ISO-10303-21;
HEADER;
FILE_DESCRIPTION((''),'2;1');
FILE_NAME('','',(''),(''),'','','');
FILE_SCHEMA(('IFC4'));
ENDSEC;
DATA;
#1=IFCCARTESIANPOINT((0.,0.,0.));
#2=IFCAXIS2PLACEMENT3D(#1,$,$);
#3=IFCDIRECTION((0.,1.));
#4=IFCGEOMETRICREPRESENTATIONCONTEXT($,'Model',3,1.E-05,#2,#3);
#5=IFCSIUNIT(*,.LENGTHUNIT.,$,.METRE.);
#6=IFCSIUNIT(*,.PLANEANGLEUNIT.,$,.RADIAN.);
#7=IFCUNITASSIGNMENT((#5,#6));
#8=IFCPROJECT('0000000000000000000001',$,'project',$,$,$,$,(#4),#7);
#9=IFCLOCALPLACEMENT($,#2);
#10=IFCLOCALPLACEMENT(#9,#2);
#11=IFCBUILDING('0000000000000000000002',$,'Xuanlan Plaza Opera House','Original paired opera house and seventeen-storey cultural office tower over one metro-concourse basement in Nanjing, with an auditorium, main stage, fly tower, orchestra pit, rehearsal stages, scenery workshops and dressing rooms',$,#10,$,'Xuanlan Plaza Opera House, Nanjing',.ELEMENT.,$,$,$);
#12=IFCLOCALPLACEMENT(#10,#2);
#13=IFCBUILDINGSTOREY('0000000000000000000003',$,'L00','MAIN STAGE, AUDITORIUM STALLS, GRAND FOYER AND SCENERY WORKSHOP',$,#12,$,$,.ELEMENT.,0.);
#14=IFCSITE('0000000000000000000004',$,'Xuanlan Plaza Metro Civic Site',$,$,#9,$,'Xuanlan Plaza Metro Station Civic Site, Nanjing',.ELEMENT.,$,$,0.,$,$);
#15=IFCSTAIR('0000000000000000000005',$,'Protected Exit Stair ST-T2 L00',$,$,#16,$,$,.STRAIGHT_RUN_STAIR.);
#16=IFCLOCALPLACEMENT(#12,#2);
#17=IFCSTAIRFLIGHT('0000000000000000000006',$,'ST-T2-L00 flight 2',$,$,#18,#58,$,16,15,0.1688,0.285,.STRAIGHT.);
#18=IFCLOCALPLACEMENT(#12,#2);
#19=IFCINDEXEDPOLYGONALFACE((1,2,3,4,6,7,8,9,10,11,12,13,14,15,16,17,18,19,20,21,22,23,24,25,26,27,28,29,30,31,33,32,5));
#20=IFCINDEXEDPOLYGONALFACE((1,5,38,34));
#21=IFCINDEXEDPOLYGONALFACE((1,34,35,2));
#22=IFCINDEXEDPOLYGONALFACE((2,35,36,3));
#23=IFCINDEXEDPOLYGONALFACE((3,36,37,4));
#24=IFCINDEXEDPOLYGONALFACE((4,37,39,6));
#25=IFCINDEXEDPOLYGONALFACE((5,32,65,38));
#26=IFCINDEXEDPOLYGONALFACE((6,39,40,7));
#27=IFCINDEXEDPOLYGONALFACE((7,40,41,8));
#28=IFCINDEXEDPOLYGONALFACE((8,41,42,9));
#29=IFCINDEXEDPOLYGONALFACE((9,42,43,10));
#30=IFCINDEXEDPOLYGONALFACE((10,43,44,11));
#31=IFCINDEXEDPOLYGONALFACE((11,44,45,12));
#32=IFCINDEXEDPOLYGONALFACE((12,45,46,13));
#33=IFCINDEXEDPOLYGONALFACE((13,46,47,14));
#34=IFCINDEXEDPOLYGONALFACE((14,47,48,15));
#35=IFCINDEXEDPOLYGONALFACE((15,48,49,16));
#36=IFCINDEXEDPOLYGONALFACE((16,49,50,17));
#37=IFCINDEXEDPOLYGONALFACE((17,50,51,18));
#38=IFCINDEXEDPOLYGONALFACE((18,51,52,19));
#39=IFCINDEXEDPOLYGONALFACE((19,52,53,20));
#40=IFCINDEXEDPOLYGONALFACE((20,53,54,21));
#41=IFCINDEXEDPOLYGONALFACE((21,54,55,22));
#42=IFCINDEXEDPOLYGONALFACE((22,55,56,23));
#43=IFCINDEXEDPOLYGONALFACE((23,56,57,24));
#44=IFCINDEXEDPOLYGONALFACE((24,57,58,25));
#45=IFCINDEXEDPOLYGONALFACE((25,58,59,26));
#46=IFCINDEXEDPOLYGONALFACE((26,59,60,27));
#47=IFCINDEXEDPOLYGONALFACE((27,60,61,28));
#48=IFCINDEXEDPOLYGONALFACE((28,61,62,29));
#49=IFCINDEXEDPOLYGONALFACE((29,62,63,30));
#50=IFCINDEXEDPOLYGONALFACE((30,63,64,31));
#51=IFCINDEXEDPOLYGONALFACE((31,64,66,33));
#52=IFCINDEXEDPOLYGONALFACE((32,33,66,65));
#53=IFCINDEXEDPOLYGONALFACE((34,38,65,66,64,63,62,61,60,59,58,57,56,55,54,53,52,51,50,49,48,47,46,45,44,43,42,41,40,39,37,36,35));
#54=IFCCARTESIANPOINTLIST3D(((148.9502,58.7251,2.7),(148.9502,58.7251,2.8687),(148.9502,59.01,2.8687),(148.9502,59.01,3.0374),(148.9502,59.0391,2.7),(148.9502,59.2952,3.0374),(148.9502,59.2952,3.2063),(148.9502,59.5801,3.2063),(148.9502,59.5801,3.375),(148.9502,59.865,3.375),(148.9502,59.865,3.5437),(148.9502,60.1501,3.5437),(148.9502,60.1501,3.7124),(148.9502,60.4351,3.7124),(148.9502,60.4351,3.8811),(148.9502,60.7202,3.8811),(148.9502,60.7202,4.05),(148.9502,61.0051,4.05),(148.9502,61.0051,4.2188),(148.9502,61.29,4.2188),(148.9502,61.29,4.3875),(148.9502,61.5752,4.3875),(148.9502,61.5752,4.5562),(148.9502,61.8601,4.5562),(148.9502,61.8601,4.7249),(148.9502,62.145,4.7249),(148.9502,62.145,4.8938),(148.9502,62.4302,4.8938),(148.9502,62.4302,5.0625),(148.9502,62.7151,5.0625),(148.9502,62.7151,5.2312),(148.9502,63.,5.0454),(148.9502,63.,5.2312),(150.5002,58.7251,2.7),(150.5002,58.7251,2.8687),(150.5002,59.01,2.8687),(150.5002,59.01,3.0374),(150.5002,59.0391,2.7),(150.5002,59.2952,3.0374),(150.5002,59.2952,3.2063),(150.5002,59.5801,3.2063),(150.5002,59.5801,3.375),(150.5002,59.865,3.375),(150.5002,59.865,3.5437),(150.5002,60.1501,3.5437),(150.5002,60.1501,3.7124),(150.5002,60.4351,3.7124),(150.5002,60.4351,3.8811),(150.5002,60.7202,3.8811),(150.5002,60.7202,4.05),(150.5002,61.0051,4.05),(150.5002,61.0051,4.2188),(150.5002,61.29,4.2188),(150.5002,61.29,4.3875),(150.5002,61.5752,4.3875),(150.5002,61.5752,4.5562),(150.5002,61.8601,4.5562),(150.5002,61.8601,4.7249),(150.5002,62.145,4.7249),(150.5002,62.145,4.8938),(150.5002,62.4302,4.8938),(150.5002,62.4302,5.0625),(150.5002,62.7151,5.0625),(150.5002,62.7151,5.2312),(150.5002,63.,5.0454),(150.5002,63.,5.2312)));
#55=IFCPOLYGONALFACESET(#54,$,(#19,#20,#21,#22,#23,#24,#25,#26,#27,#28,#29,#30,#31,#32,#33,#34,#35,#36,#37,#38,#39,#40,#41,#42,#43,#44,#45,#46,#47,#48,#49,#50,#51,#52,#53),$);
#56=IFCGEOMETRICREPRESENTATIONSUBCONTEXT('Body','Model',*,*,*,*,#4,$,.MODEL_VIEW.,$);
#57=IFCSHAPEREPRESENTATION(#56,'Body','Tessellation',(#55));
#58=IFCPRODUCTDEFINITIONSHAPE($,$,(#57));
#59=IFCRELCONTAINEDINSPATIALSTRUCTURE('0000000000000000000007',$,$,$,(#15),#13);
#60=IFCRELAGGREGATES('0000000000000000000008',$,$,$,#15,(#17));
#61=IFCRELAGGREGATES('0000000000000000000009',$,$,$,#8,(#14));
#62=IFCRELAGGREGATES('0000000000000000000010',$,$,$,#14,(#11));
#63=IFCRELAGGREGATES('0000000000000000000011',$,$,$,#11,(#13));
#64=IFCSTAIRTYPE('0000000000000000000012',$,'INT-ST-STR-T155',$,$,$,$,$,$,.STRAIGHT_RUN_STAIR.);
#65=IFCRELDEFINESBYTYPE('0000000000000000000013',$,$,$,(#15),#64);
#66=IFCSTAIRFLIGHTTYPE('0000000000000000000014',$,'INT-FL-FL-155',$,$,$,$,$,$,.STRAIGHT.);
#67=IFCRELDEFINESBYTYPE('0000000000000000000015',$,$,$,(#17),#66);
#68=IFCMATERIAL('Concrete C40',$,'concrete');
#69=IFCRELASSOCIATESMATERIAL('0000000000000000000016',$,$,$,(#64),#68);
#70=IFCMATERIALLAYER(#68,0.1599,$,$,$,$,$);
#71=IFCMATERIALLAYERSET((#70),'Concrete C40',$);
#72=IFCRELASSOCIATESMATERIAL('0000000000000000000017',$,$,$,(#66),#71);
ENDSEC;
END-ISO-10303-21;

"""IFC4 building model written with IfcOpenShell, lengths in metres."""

from ifc_helpers import new_model, si_unit, direction, frame, origin, place, context, subcontext, project, spatial, polyline, outline, extrude, material, layer, layer_set, type_object, element, aggregate, save


model = new_model("IFC4")

# Units and contexts
model_context = context("Model", 3, precision=1e-05, world=origin(), true_north=direction((0.0, 1.0)))
body_context = subcontext(model_context, "Body", "Model", "MODEL_VIEW")
ifc_project = project(units=[si_unit("LENGTHUNIT", "METRE"), si_unit("PLANEANGLEUNIT", "RADIAN")], contexts=[model_context])

# Site, building, storey
site_placement = place(None, origin())
site = spatial("IfcSite", under=ifc_project, at=site_placement, Name="Xuanlan Plaza Metro Civic Site", LongName="Xuanlan Plaza Metro Station Civic Site, Nanjing", CompositionType="ELEMENT", RefElevation=0.0)
building_placement = place(site_placement, origin())
building = spatial("IfcBuilding", under=site, at=building_placement, Name="Xuanlan Plaza Opera House", Description="Original paired opera house and seventeen-storey cultural office tower over one metro-concourse basement in Nanjing, with an auditorium, main stage, fly tower, orchestra pit, rehearsal stages, scenery workshops and dressing rooms", LongName="Xuanlan Plaza Opera House, Nanjing", CompositionType="ELEMENT")
storey_placement = place(building_placement, origin())
storey = spatial("IfcBuildingStorey", under=building, at=storey_placement, Name="L00", Description="MAIN STAGE, AUDITORIUM STALLS, GRAND FOYER AND SCENERY WORKSHOP", CompositionType="ELEMENT", Elevation=0.0)

# Shared definitions
ifc_material_1 = material(Name="Concrete C40", Category="concrete")

# Stair, stair flight
stair_type = type_object("IfcStairType", Name="INT-ST-STR-T155", PredefinedType="STRAIGHT_RUN_STAIR", material=ifc_material_1)
stair_placement = place(storey_placement, origin())
stair = element("IfcStair", 1, at=stair_placement, inside=storey, type_object=stair_type, Name="Protected Exit Stair ST-T2 L00", PredefinedType="STRAIGHT_RUN_STAIR")
ifc_layer_1 = layer(ifc_material_1, 0.1599)
ifc_layer_set_1 = layer_set([ifc_layer_1], Name="Concrete C40")
stair_flight_type = type_object("IfcStairFlightType", Name="INT-FL-FL-155", PredefinedType="STRAIGHT", material=ifc_layer_set_1)
stair_flight_1_placement = place(storey_placement, frame((149.7251, 58.7251, 2.7), z_axis=(0.0, 0.0, 1.0), x_axis=(0.0, 1.0, 0.0)))
stair_flight_1 = element("IfcStairFlight", 2, at=stair_flight_1_placement, type_object=stair_flight_type, Name="ST-T2-L00 flight 2", NumberOfRisers=16, NumberOfTreads=15, PredefinedType="STRAIGHT", RiserHeight=0.1688, TreadLength=0.285, context=body_context, shape_type="SweptSolid", body=[
    extrude(outline(polyline([(0.0, 0.0), (0.0, 0.1687), (0.2849, 0.1687), (0.2849, 0.3374), (0.5701, 0.3374), (0.5701, 0.5063), (0.855, 0.5063), (0.855, 0.675), (1.1399, 0.675), (1.1399, 0.8438), (1.425, 0.8438), (1.425, 1.0125), (1.71, 1.0125), (1.71, 1.1812), (1.9951, 1.1812), (1.9951, 1.3501), (2.28, 1.3501), (2.28, 1.5188), (2.5649, 1.5188), (2.5649, 1.6875), (2.8501, 1.6875), (2.8501, 1.8562), (3.135, 1.8562), (3.135, 2.0249), (3.4199, 2.0249), (3.4199, 2.1938), (3.7051, 2.1938), (3.7051, 2.3625), (3.99, 2.3625), (3.99, 2.5312), (4.2749, 2.5312), (4.2749, 2.7), (4.2749, 2.3455), (0.314, 0.0), (0.0, 0.0)])), frame((0.0, 0.7749, 0.0), z_axis=(0.0, -1.0, 0.0), x_axis=(1.0, 0.0, 0.0)), (0.0, 0.0, 1.0), 1.55),
])
aggregate(stair, [stair_flight_1])

save(model, "model.ifc")
